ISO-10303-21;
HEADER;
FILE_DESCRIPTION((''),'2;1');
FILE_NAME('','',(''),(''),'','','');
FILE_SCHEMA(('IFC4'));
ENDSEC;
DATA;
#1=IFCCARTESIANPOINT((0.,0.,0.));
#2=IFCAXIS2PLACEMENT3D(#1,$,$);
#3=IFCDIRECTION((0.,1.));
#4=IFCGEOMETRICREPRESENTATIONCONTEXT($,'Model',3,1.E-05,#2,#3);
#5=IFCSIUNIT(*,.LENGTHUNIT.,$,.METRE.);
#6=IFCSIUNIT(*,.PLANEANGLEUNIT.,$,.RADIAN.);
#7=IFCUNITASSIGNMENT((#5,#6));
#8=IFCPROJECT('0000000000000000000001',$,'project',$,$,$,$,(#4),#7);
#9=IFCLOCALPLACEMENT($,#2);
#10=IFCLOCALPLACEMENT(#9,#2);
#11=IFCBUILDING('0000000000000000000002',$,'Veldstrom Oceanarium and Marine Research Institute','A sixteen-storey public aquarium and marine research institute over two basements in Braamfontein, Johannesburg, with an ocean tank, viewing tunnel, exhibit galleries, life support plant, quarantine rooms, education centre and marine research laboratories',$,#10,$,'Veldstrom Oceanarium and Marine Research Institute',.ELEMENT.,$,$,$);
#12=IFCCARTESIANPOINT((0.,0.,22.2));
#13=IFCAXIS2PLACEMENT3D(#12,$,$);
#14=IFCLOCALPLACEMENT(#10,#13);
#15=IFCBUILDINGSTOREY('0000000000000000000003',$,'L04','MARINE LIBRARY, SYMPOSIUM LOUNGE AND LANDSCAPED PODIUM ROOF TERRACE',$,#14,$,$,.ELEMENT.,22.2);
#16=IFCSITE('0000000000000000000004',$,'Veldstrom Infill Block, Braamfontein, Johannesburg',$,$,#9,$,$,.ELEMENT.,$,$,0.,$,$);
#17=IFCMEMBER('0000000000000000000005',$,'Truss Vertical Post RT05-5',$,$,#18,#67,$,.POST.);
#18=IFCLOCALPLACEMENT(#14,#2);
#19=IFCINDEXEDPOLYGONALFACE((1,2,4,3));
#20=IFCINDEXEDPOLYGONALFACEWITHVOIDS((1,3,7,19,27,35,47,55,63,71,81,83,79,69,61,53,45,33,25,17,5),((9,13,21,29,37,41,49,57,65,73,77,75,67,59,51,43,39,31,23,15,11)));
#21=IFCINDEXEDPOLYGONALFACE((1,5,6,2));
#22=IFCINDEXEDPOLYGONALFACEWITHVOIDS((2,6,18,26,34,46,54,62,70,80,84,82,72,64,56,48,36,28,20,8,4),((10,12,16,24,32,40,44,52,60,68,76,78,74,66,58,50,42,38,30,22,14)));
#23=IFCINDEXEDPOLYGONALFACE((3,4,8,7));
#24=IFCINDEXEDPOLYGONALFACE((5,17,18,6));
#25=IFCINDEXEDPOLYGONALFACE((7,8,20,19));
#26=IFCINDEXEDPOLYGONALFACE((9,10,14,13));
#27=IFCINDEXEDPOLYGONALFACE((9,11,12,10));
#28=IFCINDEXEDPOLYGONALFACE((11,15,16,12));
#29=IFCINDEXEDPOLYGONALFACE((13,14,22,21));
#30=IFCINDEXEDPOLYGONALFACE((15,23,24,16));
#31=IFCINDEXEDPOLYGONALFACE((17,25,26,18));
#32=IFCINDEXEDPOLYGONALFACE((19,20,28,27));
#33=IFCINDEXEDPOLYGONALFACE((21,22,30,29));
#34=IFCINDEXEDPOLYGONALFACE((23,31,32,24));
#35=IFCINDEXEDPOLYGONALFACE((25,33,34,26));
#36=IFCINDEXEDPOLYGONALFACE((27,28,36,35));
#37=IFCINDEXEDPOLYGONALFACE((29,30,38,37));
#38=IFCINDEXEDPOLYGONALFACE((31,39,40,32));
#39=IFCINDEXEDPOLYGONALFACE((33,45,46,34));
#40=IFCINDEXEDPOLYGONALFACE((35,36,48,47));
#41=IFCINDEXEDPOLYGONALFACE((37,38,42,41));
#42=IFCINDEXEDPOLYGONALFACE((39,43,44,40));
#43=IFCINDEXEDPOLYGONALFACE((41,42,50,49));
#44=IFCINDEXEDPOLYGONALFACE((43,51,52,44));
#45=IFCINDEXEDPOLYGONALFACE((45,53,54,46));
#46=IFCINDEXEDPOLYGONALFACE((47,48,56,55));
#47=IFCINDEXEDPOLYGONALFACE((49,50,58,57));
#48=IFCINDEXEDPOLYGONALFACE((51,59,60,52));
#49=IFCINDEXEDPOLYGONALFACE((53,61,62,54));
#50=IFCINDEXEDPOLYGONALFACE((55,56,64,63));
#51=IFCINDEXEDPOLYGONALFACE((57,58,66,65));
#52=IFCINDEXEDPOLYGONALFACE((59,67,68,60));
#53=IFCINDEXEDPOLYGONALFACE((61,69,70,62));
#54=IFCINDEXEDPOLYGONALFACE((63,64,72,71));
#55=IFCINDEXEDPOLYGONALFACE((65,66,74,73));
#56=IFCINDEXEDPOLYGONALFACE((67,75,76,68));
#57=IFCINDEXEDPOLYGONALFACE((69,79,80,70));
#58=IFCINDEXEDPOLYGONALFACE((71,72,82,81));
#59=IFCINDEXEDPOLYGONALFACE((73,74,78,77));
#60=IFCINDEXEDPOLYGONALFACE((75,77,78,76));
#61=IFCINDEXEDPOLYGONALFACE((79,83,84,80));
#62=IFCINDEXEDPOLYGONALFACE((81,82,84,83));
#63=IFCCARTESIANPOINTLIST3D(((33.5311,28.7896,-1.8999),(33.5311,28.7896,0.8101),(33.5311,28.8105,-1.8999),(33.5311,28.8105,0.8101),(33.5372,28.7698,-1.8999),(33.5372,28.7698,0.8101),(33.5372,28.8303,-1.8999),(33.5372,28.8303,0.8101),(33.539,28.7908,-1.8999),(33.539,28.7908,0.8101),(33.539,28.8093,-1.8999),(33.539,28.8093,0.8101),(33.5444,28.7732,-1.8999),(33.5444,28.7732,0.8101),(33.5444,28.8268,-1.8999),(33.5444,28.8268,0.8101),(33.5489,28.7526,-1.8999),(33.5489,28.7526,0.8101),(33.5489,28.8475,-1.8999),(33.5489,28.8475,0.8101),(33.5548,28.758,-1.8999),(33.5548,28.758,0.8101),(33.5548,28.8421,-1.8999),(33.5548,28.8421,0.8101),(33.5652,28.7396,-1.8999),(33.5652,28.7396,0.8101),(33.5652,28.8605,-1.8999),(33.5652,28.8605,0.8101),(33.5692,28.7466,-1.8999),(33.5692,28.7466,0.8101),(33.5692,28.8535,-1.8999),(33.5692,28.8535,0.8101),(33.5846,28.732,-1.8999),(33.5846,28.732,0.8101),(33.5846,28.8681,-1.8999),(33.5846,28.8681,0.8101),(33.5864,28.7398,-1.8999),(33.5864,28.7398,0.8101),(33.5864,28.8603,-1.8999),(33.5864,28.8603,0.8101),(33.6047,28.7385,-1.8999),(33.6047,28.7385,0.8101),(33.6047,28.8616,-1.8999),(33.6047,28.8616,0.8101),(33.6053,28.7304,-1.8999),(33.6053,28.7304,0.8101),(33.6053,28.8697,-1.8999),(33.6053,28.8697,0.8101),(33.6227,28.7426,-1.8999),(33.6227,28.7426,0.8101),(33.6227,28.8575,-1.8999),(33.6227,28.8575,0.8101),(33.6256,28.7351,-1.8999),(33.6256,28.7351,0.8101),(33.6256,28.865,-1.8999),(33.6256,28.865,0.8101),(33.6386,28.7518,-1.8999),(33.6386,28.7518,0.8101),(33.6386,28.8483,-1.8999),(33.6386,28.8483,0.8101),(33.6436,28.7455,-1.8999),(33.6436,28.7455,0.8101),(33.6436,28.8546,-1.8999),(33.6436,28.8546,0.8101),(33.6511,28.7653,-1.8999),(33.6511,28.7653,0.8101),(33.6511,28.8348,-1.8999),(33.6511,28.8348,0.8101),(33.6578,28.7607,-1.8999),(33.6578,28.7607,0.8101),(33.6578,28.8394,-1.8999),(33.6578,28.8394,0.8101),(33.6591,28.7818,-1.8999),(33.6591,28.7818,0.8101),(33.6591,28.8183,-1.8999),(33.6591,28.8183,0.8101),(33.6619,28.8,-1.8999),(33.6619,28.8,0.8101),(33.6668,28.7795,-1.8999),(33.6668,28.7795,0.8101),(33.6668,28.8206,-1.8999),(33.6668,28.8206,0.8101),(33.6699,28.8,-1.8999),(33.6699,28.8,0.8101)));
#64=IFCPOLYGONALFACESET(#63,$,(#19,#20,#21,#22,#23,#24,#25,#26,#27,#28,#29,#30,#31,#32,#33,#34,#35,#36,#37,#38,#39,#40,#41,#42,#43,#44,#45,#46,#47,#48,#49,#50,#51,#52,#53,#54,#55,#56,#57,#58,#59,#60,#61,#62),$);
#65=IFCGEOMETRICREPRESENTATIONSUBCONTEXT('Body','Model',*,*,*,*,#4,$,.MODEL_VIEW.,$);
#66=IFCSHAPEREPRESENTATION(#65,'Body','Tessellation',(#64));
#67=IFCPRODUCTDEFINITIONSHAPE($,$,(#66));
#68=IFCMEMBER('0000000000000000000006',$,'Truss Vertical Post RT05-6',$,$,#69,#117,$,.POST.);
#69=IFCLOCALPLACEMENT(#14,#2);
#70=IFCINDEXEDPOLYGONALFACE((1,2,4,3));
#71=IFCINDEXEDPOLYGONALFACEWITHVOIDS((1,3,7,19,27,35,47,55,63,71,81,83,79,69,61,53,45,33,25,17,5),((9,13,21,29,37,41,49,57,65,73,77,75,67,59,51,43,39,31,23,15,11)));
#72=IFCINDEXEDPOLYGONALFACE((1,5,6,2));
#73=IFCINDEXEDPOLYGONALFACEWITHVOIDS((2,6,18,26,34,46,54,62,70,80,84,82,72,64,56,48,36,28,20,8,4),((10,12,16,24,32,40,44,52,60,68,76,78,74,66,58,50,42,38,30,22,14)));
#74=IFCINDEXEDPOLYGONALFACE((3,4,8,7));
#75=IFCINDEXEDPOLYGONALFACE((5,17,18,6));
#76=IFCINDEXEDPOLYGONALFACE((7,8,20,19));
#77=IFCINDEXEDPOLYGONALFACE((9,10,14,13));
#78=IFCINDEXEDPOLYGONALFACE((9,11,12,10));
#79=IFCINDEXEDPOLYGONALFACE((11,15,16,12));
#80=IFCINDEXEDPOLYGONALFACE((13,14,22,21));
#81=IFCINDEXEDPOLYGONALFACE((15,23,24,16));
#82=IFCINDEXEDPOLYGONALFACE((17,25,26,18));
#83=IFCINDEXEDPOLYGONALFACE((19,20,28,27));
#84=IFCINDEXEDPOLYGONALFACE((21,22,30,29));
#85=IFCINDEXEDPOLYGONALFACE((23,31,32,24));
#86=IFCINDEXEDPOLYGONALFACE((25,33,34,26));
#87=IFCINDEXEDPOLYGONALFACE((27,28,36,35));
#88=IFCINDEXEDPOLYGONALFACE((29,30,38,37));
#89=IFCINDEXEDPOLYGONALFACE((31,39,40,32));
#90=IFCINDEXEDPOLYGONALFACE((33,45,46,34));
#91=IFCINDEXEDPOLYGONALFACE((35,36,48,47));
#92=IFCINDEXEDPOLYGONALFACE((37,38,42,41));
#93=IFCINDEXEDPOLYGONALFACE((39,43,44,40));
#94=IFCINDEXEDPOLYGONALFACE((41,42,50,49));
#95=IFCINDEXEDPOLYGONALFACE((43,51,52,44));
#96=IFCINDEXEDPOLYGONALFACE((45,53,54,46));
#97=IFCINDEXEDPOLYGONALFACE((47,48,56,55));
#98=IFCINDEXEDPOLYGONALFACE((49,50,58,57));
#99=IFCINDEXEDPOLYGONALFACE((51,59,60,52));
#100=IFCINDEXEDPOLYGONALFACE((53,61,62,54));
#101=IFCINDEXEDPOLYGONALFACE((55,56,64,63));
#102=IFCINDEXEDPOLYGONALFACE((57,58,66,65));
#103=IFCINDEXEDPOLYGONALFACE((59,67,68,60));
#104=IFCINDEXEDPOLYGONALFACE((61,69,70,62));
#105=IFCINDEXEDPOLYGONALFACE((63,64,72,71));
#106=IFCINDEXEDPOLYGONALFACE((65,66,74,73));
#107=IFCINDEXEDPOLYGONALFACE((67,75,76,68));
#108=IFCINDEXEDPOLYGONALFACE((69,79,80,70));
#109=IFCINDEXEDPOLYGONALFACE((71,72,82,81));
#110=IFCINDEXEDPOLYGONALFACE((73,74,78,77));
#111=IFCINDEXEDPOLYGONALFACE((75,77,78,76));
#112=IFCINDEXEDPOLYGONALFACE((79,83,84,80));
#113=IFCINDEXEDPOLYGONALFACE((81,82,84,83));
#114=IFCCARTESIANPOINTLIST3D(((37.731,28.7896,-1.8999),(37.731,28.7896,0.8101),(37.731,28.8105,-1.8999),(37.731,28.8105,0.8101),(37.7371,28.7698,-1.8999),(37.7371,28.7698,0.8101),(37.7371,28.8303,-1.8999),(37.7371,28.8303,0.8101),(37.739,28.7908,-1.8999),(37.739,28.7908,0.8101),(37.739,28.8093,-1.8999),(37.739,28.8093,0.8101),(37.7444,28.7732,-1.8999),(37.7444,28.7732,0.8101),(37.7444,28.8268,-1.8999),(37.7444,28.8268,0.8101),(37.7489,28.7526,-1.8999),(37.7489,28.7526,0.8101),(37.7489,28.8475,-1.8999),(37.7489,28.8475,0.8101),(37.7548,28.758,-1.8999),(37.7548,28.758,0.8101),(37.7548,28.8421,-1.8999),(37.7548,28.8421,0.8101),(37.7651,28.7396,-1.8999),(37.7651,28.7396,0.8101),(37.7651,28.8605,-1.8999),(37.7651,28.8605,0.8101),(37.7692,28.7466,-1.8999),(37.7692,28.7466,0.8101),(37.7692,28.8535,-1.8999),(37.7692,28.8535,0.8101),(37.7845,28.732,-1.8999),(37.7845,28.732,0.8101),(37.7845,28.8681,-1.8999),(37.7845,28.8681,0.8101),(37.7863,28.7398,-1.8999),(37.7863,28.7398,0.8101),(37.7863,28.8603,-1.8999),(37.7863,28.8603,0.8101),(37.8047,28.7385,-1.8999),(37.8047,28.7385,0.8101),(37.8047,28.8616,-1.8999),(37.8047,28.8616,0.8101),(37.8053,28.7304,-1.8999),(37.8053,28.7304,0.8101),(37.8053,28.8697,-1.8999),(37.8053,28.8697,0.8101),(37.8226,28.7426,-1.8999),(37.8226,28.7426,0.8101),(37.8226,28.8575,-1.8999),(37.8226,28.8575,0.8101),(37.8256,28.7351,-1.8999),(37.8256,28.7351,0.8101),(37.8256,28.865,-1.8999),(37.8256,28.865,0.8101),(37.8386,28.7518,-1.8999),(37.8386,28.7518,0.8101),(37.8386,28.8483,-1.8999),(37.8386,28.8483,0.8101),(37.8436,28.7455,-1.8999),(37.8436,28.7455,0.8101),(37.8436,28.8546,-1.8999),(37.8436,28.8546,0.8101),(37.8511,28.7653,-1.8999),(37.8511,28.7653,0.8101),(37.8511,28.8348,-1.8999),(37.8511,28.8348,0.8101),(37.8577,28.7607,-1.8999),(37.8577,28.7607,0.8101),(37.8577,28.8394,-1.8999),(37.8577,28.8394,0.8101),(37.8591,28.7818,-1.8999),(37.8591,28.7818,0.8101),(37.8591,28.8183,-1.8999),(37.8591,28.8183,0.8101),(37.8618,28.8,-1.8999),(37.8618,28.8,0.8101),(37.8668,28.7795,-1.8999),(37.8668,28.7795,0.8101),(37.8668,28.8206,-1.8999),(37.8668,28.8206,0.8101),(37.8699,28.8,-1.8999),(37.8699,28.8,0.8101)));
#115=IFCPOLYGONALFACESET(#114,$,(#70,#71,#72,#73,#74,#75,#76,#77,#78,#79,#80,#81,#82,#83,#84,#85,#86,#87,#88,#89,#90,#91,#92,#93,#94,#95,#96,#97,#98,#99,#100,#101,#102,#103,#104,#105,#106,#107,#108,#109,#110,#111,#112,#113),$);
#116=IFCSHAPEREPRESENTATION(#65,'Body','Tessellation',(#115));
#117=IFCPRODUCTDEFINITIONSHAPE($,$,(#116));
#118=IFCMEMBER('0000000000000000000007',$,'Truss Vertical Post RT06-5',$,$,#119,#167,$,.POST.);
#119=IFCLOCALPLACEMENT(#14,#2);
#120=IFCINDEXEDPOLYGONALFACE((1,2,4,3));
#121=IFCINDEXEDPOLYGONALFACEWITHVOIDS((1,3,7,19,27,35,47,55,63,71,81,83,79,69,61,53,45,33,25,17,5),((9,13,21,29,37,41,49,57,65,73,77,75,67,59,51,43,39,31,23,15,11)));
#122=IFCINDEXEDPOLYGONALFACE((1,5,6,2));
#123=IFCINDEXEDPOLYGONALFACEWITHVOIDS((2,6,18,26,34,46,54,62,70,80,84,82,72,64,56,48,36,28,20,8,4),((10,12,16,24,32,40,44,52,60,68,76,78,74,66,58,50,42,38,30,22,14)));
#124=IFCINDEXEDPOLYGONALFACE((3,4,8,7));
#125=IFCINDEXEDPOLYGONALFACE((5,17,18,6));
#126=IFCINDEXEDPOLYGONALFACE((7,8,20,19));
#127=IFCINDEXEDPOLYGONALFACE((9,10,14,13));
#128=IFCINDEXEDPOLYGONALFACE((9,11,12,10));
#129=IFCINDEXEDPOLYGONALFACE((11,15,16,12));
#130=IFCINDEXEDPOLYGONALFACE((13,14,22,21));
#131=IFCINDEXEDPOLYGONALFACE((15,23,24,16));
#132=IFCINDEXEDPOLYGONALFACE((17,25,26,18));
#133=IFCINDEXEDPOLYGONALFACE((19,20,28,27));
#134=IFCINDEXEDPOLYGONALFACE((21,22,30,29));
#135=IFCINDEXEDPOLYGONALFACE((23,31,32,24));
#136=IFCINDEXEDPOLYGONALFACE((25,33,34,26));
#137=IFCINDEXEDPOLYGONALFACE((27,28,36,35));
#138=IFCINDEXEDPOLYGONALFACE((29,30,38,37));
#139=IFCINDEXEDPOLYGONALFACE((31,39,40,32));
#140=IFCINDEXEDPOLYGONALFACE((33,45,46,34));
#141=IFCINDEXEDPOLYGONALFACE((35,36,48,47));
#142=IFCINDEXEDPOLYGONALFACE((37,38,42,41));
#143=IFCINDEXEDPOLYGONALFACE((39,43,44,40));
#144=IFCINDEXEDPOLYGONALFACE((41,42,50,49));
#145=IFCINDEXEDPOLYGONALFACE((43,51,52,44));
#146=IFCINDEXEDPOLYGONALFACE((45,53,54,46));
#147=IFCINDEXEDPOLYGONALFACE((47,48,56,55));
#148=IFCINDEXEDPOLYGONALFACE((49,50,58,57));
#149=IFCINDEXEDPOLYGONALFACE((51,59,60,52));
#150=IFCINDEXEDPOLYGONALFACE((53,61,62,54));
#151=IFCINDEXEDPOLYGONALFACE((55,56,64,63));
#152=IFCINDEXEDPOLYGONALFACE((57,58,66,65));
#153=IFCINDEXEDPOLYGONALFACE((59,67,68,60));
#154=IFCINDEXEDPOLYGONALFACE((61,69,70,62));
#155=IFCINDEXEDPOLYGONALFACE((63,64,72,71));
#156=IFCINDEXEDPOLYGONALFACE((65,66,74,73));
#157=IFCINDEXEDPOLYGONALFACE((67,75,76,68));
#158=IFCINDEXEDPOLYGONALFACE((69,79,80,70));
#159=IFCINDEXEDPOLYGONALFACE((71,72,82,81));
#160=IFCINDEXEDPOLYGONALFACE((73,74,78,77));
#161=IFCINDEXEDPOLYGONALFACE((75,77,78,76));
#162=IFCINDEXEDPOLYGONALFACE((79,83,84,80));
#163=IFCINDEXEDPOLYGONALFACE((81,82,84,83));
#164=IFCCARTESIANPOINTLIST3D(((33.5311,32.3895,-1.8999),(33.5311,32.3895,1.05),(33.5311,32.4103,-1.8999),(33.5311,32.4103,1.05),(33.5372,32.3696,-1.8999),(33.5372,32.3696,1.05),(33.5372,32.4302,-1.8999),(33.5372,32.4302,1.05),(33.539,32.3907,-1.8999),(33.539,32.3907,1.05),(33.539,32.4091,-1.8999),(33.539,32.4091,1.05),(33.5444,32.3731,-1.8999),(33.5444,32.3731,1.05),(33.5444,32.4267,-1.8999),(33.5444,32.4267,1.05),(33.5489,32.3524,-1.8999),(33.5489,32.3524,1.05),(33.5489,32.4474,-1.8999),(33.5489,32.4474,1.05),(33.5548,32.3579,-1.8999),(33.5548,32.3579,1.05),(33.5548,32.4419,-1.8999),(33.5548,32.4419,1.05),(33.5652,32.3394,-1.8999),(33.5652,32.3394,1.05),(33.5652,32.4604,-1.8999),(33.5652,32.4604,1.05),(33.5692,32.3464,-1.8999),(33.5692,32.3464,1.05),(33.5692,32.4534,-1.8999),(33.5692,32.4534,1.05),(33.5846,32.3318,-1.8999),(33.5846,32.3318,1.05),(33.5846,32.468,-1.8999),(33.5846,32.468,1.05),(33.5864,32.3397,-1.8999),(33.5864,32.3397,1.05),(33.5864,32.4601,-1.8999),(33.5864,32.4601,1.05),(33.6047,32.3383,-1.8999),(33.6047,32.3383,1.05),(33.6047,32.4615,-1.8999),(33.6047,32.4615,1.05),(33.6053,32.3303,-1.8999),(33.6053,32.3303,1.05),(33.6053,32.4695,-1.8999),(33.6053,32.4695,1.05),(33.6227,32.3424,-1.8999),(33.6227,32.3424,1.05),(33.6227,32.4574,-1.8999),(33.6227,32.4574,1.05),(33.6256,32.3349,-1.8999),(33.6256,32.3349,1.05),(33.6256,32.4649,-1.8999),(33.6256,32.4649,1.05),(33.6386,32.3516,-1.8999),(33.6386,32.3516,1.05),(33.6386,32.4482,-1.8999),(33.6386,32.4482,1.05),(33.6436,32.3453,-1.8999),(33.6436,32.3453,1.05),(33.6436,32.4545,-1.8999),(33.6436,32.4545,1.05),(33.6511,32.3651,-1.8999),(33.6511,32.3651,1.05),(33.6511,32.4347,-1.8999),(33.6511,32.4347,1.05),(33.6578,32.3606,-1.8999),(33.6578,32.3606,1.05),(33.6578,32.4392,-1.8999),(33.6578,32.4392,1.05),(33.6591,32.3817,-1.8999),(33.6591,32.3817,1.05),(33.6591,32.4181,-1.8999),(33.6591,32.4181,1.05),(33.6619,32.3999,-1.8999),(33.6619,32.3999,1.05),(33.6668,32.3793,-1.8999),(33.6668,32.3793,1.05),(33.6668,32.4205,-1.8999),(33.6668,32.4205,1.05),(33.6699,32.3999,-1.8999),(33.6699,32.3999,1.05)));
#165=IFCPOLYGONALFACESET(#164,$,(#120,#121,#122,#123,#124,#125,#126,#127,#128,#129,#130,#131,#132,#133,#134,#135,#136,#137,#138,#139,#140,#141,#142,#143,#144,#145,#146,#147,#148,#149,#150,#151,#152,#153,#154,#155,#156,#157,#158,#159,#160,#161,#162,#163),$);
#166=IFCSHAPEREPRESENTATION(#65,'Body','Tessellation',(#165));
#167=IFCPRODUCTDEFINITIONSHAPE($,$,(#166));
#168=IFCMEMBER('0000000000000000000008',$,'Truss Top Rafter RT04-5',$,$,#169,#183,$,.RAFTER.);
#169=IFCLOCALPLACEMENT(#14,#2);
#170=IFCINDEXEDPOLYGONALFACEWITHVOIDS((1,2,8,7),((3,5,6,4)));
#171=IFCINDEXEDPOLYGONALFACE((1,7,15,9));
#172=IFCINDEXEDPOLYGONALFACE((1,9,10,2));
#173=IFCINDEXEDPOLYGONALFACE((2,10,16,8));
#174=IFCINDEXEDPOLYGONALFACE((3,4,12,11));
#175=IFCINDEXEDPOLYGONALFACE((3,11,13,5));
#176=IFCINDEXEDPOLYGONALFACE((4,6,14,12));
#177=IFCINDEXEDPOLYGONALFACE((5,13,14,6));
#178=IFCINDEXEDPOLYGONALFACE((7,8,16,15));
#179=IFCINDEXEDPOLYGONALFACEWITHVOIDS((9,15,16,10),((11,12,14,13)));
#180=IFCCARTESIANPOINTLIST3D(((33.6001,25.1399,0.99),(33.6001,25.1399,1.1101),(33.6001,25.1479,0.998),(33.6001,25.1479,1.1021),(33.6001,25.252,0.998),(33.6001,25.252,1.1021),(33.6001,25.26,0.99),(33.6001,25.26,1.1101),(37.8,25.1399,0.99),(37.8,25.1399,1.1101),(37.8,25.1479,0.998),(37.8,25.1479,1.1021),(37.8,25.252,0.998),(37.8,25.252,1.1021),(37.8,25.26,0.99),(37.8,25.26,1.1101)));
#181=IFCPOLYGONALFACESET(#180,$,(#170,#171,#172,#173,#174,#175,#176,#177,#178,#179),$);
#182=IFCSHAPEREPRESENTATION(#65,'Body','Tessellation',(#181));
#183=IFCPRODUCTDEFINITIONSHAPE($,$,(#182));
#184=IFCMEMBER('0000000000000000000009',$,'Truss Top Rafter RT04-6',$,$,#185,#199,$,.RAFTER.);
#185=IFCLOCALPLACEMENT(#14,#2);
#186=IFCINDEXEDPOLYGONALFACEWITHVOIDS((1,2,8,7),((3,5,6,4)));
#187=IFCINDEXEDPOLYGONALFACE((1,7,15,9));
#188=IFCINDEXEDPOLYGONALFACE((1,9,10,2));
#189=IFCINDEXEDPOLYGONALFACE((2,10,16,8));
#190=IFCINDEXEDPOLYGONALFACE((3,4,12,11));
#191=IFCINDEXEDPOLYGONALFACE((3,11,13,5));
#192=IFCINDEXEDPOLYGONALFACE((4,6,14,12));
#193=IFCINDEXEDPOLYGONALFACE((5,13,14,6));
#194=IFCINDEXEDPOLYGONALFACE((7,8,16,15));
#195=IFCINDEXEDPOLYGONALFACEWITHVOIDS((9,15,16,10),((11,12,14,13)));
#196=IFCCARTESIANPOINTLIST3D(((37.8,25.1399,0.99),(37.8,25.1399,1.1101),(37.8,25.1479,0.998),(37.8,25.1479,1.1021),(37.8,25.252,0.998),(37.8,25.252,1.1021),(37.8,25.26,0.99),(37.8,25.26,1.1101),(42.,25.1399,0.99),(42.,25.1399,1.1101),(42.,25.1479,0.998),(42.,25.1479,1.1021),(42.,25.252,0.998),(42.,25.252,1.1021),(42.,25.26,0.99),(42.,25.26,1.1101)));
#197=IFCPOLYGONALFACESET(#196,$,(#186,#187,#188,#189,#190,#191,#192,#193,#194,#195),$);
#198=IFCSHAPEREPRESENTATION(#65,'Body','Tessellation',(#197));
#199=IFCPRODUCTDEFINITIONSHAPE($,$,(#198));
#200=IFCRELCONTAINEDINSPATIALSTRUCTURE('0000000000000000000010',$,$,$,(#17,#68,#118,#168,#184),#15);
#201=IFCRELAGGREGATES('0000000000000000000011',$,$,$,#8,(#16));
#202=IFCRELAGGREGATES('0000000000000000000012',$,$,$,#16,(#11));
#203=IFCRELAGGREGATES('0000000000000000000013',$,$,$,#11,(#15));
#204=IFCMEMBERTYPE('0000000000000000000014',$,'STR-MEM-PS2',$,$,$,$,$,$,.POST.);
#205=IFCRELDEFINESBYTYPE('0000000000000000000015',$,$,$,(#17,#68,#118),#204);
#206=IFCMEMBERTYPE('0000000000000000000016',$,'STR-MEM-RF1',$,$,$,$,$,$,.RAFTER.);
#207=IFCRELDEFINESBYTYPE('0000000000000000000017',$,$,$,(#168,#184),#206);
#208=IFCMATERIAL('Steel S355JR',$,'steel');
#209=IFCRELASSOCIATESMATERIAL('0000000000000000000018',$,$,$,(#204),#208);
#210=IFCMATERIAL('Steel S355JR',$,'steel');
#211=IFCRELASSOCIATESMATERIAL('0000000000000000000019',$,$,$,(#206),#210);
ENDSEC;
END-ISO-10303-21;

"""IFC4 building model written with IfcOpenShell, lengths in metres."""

from ifc_helpers import new_model, si_unit, direction, frame, origin, origin_2d, place, context, subcontext, project, spatial, hollow_rectangle, hollow_circle, extrude, material, material_profile, profile_set, type_object, element, save


model = new_model("IFC4")

# Units and contexts
model_context = context("Model", 3, precision=1e-05, world=origin(), true_north=direction((0.0, 1.0)))
body_context = subcontext(model_context, "Body", "Model", "MODEL_VIEW")
ifc_project = project(units=[si_unit("LENGTHUNIT", "METRE"), si_unit("PLANEANGLEUNIT", "RADIAN")], contexts=[model_context])

# Site, building, storey
site_placement = place(None, origin())
site = spatial("IfcSite", under=ifc_project, at=site_placement, Name="Veldstrom Infill Block, Braamfontein, Johannesburg", CompositionType="ELEMENT", RefElevation=0.0)
building_placement = place(site_placement, origin())
building = spatial("IfcBuilding", under=site, at=building_placement, Name="Veldstrom Oceanarium and Marine Research Institute", Description="A sixteen-storey public aquarium and marine research institute over two basements in Braamfontein, Johannesburg, with an ocean tank, viewing tunnel, exhibit galleries, life support plant, quarantine rooms, education centre and marine research laboratories", LongName="Veldstrom Oceanarium and Marine Research Institute", CompositionType="ELEMENT")
storey_placement = place(building_placement, frame((0.0, 0.0, 22.2)))
storey = spatial("IfcBuildingStorey", under=building, at=storey_placement, Name="L04", Description="MARINE LIBRARY, SYMPOSIUM LOUNGE AND LANDSCAPED PODIUM ROOF TERRACE", CompositionType="ELEMENT", Elevation=22.2)

# Members
ifc_material_1 = material(Name="Steel S355JR", Category="steel")
ifc_material_profile_1 = material_profile(ifc_material_1, hollow_circle(Radius=0.0698, WallThickness=0.0081, at=origin_2d()), Name="CHS 139.7x8")
ifc_profile_set_1 = profile_set([ifc_material_profile_1], Name="Steel S355JR")
member_type_1 = type_object("IfcMemberType", Name="STR-MEM-PS2", PredefinedType="POST", material=ifc_profile_set_1)
for number, where, z_axis, x_axis, name in (
    (1, (33.6001, 28.8, -1.8999), (0.0, 0.0, 1.0), (1.0, 0.0, 0.0), "Truss Vertical Post RT05-5"),
    (2, (37.8, 28.8, -1.8999), (0.0, 0.0, 1.0), (1.0, 0.0, 0.0), "Truss Vertical Post RT05-6"),
):
    element("IfcMember", number, at=place(storey_placement, frame(where, z_axis=z_axis, x_axis=x_axis)), inside=storey, type_object=member_type_1, Name=name, PredefinedType="POST", context=body_context, shape_type="SweptSolid", body=[
        extrude(hollow_circle(Radius=0.0698, WallThickness=0.0081, at=origin_2d()), origin(), (0.0, 0.0, 1.0), 2.71),
    ])
member_1_placement = place(storey_placement, frame((33.6001, 32.3999, -1.8999), z_axis=(0.0, 0.0, 1.0), x_axis=(1.0, 0.0, 0.0)))
element("IfcMember", 3, at=member_1_placement, inside=storey, type_object=member_type_1, Name="Truss Vertical Post RT06-5", PredefinedType="POST", context=body_context, shape_type="SweptSolid", body=[
    extrude(hollow_circle(Radius=0.0698, WallThickness=0.0081, at=origin_2d()), origin(), (0.0, 0.0, 1.0), 2.95),
])
ifc_material_2 = material(Name="Steel S355JR", Category="steel")
ifc_material_profile_2 = material_profile(ifc_material_2, hollow_rectangle(XDim=0.1201, YDim=0.1201, WallThickness=0.0081, at=origin_2d()), Name="SHS 120x120x8")
ifc_profile_set_2 = profile_set([ifc_material_profile_2], Name="Steel S355JR")
member_type_2 = type_object("IfcMemberType", Name="STR-MEM-RF1", PredefinedType="RAFTER", material=ifc_profile_set_2)
for number, where, z_axis, x_axis, name in (
    (4, (33.6001, 25.2, 1.05), (1.0, 0.0, 0.0), (0.0, 1.0, 0.0), "Truss Top Rafter RT04-5"),
    (5, (37.8, 25.2, 1.05), (1.0, 0.0, 0.0), (0.0, 1.0, 0.0), "Truss Top Rafter RT04-6"),
):
    element("IfcMember", number, at=place(storey_placement, frame(where, z_axis=z_axis, x_axis=x_axis)), inside=storey, type_object=member_type_2, Name=name, PredefinedType="RAFTER", context=body_context, shape_type="SweptSolid", body=[
        extrude(hollow_rectangle(XDim=0.1201, YDim=0.1201, WallThickness=0.0081, at=origin_2d()), origin(), (0.0, 0.0, 1.0), 4.2),
    ])

save(model, "model.ifc")
